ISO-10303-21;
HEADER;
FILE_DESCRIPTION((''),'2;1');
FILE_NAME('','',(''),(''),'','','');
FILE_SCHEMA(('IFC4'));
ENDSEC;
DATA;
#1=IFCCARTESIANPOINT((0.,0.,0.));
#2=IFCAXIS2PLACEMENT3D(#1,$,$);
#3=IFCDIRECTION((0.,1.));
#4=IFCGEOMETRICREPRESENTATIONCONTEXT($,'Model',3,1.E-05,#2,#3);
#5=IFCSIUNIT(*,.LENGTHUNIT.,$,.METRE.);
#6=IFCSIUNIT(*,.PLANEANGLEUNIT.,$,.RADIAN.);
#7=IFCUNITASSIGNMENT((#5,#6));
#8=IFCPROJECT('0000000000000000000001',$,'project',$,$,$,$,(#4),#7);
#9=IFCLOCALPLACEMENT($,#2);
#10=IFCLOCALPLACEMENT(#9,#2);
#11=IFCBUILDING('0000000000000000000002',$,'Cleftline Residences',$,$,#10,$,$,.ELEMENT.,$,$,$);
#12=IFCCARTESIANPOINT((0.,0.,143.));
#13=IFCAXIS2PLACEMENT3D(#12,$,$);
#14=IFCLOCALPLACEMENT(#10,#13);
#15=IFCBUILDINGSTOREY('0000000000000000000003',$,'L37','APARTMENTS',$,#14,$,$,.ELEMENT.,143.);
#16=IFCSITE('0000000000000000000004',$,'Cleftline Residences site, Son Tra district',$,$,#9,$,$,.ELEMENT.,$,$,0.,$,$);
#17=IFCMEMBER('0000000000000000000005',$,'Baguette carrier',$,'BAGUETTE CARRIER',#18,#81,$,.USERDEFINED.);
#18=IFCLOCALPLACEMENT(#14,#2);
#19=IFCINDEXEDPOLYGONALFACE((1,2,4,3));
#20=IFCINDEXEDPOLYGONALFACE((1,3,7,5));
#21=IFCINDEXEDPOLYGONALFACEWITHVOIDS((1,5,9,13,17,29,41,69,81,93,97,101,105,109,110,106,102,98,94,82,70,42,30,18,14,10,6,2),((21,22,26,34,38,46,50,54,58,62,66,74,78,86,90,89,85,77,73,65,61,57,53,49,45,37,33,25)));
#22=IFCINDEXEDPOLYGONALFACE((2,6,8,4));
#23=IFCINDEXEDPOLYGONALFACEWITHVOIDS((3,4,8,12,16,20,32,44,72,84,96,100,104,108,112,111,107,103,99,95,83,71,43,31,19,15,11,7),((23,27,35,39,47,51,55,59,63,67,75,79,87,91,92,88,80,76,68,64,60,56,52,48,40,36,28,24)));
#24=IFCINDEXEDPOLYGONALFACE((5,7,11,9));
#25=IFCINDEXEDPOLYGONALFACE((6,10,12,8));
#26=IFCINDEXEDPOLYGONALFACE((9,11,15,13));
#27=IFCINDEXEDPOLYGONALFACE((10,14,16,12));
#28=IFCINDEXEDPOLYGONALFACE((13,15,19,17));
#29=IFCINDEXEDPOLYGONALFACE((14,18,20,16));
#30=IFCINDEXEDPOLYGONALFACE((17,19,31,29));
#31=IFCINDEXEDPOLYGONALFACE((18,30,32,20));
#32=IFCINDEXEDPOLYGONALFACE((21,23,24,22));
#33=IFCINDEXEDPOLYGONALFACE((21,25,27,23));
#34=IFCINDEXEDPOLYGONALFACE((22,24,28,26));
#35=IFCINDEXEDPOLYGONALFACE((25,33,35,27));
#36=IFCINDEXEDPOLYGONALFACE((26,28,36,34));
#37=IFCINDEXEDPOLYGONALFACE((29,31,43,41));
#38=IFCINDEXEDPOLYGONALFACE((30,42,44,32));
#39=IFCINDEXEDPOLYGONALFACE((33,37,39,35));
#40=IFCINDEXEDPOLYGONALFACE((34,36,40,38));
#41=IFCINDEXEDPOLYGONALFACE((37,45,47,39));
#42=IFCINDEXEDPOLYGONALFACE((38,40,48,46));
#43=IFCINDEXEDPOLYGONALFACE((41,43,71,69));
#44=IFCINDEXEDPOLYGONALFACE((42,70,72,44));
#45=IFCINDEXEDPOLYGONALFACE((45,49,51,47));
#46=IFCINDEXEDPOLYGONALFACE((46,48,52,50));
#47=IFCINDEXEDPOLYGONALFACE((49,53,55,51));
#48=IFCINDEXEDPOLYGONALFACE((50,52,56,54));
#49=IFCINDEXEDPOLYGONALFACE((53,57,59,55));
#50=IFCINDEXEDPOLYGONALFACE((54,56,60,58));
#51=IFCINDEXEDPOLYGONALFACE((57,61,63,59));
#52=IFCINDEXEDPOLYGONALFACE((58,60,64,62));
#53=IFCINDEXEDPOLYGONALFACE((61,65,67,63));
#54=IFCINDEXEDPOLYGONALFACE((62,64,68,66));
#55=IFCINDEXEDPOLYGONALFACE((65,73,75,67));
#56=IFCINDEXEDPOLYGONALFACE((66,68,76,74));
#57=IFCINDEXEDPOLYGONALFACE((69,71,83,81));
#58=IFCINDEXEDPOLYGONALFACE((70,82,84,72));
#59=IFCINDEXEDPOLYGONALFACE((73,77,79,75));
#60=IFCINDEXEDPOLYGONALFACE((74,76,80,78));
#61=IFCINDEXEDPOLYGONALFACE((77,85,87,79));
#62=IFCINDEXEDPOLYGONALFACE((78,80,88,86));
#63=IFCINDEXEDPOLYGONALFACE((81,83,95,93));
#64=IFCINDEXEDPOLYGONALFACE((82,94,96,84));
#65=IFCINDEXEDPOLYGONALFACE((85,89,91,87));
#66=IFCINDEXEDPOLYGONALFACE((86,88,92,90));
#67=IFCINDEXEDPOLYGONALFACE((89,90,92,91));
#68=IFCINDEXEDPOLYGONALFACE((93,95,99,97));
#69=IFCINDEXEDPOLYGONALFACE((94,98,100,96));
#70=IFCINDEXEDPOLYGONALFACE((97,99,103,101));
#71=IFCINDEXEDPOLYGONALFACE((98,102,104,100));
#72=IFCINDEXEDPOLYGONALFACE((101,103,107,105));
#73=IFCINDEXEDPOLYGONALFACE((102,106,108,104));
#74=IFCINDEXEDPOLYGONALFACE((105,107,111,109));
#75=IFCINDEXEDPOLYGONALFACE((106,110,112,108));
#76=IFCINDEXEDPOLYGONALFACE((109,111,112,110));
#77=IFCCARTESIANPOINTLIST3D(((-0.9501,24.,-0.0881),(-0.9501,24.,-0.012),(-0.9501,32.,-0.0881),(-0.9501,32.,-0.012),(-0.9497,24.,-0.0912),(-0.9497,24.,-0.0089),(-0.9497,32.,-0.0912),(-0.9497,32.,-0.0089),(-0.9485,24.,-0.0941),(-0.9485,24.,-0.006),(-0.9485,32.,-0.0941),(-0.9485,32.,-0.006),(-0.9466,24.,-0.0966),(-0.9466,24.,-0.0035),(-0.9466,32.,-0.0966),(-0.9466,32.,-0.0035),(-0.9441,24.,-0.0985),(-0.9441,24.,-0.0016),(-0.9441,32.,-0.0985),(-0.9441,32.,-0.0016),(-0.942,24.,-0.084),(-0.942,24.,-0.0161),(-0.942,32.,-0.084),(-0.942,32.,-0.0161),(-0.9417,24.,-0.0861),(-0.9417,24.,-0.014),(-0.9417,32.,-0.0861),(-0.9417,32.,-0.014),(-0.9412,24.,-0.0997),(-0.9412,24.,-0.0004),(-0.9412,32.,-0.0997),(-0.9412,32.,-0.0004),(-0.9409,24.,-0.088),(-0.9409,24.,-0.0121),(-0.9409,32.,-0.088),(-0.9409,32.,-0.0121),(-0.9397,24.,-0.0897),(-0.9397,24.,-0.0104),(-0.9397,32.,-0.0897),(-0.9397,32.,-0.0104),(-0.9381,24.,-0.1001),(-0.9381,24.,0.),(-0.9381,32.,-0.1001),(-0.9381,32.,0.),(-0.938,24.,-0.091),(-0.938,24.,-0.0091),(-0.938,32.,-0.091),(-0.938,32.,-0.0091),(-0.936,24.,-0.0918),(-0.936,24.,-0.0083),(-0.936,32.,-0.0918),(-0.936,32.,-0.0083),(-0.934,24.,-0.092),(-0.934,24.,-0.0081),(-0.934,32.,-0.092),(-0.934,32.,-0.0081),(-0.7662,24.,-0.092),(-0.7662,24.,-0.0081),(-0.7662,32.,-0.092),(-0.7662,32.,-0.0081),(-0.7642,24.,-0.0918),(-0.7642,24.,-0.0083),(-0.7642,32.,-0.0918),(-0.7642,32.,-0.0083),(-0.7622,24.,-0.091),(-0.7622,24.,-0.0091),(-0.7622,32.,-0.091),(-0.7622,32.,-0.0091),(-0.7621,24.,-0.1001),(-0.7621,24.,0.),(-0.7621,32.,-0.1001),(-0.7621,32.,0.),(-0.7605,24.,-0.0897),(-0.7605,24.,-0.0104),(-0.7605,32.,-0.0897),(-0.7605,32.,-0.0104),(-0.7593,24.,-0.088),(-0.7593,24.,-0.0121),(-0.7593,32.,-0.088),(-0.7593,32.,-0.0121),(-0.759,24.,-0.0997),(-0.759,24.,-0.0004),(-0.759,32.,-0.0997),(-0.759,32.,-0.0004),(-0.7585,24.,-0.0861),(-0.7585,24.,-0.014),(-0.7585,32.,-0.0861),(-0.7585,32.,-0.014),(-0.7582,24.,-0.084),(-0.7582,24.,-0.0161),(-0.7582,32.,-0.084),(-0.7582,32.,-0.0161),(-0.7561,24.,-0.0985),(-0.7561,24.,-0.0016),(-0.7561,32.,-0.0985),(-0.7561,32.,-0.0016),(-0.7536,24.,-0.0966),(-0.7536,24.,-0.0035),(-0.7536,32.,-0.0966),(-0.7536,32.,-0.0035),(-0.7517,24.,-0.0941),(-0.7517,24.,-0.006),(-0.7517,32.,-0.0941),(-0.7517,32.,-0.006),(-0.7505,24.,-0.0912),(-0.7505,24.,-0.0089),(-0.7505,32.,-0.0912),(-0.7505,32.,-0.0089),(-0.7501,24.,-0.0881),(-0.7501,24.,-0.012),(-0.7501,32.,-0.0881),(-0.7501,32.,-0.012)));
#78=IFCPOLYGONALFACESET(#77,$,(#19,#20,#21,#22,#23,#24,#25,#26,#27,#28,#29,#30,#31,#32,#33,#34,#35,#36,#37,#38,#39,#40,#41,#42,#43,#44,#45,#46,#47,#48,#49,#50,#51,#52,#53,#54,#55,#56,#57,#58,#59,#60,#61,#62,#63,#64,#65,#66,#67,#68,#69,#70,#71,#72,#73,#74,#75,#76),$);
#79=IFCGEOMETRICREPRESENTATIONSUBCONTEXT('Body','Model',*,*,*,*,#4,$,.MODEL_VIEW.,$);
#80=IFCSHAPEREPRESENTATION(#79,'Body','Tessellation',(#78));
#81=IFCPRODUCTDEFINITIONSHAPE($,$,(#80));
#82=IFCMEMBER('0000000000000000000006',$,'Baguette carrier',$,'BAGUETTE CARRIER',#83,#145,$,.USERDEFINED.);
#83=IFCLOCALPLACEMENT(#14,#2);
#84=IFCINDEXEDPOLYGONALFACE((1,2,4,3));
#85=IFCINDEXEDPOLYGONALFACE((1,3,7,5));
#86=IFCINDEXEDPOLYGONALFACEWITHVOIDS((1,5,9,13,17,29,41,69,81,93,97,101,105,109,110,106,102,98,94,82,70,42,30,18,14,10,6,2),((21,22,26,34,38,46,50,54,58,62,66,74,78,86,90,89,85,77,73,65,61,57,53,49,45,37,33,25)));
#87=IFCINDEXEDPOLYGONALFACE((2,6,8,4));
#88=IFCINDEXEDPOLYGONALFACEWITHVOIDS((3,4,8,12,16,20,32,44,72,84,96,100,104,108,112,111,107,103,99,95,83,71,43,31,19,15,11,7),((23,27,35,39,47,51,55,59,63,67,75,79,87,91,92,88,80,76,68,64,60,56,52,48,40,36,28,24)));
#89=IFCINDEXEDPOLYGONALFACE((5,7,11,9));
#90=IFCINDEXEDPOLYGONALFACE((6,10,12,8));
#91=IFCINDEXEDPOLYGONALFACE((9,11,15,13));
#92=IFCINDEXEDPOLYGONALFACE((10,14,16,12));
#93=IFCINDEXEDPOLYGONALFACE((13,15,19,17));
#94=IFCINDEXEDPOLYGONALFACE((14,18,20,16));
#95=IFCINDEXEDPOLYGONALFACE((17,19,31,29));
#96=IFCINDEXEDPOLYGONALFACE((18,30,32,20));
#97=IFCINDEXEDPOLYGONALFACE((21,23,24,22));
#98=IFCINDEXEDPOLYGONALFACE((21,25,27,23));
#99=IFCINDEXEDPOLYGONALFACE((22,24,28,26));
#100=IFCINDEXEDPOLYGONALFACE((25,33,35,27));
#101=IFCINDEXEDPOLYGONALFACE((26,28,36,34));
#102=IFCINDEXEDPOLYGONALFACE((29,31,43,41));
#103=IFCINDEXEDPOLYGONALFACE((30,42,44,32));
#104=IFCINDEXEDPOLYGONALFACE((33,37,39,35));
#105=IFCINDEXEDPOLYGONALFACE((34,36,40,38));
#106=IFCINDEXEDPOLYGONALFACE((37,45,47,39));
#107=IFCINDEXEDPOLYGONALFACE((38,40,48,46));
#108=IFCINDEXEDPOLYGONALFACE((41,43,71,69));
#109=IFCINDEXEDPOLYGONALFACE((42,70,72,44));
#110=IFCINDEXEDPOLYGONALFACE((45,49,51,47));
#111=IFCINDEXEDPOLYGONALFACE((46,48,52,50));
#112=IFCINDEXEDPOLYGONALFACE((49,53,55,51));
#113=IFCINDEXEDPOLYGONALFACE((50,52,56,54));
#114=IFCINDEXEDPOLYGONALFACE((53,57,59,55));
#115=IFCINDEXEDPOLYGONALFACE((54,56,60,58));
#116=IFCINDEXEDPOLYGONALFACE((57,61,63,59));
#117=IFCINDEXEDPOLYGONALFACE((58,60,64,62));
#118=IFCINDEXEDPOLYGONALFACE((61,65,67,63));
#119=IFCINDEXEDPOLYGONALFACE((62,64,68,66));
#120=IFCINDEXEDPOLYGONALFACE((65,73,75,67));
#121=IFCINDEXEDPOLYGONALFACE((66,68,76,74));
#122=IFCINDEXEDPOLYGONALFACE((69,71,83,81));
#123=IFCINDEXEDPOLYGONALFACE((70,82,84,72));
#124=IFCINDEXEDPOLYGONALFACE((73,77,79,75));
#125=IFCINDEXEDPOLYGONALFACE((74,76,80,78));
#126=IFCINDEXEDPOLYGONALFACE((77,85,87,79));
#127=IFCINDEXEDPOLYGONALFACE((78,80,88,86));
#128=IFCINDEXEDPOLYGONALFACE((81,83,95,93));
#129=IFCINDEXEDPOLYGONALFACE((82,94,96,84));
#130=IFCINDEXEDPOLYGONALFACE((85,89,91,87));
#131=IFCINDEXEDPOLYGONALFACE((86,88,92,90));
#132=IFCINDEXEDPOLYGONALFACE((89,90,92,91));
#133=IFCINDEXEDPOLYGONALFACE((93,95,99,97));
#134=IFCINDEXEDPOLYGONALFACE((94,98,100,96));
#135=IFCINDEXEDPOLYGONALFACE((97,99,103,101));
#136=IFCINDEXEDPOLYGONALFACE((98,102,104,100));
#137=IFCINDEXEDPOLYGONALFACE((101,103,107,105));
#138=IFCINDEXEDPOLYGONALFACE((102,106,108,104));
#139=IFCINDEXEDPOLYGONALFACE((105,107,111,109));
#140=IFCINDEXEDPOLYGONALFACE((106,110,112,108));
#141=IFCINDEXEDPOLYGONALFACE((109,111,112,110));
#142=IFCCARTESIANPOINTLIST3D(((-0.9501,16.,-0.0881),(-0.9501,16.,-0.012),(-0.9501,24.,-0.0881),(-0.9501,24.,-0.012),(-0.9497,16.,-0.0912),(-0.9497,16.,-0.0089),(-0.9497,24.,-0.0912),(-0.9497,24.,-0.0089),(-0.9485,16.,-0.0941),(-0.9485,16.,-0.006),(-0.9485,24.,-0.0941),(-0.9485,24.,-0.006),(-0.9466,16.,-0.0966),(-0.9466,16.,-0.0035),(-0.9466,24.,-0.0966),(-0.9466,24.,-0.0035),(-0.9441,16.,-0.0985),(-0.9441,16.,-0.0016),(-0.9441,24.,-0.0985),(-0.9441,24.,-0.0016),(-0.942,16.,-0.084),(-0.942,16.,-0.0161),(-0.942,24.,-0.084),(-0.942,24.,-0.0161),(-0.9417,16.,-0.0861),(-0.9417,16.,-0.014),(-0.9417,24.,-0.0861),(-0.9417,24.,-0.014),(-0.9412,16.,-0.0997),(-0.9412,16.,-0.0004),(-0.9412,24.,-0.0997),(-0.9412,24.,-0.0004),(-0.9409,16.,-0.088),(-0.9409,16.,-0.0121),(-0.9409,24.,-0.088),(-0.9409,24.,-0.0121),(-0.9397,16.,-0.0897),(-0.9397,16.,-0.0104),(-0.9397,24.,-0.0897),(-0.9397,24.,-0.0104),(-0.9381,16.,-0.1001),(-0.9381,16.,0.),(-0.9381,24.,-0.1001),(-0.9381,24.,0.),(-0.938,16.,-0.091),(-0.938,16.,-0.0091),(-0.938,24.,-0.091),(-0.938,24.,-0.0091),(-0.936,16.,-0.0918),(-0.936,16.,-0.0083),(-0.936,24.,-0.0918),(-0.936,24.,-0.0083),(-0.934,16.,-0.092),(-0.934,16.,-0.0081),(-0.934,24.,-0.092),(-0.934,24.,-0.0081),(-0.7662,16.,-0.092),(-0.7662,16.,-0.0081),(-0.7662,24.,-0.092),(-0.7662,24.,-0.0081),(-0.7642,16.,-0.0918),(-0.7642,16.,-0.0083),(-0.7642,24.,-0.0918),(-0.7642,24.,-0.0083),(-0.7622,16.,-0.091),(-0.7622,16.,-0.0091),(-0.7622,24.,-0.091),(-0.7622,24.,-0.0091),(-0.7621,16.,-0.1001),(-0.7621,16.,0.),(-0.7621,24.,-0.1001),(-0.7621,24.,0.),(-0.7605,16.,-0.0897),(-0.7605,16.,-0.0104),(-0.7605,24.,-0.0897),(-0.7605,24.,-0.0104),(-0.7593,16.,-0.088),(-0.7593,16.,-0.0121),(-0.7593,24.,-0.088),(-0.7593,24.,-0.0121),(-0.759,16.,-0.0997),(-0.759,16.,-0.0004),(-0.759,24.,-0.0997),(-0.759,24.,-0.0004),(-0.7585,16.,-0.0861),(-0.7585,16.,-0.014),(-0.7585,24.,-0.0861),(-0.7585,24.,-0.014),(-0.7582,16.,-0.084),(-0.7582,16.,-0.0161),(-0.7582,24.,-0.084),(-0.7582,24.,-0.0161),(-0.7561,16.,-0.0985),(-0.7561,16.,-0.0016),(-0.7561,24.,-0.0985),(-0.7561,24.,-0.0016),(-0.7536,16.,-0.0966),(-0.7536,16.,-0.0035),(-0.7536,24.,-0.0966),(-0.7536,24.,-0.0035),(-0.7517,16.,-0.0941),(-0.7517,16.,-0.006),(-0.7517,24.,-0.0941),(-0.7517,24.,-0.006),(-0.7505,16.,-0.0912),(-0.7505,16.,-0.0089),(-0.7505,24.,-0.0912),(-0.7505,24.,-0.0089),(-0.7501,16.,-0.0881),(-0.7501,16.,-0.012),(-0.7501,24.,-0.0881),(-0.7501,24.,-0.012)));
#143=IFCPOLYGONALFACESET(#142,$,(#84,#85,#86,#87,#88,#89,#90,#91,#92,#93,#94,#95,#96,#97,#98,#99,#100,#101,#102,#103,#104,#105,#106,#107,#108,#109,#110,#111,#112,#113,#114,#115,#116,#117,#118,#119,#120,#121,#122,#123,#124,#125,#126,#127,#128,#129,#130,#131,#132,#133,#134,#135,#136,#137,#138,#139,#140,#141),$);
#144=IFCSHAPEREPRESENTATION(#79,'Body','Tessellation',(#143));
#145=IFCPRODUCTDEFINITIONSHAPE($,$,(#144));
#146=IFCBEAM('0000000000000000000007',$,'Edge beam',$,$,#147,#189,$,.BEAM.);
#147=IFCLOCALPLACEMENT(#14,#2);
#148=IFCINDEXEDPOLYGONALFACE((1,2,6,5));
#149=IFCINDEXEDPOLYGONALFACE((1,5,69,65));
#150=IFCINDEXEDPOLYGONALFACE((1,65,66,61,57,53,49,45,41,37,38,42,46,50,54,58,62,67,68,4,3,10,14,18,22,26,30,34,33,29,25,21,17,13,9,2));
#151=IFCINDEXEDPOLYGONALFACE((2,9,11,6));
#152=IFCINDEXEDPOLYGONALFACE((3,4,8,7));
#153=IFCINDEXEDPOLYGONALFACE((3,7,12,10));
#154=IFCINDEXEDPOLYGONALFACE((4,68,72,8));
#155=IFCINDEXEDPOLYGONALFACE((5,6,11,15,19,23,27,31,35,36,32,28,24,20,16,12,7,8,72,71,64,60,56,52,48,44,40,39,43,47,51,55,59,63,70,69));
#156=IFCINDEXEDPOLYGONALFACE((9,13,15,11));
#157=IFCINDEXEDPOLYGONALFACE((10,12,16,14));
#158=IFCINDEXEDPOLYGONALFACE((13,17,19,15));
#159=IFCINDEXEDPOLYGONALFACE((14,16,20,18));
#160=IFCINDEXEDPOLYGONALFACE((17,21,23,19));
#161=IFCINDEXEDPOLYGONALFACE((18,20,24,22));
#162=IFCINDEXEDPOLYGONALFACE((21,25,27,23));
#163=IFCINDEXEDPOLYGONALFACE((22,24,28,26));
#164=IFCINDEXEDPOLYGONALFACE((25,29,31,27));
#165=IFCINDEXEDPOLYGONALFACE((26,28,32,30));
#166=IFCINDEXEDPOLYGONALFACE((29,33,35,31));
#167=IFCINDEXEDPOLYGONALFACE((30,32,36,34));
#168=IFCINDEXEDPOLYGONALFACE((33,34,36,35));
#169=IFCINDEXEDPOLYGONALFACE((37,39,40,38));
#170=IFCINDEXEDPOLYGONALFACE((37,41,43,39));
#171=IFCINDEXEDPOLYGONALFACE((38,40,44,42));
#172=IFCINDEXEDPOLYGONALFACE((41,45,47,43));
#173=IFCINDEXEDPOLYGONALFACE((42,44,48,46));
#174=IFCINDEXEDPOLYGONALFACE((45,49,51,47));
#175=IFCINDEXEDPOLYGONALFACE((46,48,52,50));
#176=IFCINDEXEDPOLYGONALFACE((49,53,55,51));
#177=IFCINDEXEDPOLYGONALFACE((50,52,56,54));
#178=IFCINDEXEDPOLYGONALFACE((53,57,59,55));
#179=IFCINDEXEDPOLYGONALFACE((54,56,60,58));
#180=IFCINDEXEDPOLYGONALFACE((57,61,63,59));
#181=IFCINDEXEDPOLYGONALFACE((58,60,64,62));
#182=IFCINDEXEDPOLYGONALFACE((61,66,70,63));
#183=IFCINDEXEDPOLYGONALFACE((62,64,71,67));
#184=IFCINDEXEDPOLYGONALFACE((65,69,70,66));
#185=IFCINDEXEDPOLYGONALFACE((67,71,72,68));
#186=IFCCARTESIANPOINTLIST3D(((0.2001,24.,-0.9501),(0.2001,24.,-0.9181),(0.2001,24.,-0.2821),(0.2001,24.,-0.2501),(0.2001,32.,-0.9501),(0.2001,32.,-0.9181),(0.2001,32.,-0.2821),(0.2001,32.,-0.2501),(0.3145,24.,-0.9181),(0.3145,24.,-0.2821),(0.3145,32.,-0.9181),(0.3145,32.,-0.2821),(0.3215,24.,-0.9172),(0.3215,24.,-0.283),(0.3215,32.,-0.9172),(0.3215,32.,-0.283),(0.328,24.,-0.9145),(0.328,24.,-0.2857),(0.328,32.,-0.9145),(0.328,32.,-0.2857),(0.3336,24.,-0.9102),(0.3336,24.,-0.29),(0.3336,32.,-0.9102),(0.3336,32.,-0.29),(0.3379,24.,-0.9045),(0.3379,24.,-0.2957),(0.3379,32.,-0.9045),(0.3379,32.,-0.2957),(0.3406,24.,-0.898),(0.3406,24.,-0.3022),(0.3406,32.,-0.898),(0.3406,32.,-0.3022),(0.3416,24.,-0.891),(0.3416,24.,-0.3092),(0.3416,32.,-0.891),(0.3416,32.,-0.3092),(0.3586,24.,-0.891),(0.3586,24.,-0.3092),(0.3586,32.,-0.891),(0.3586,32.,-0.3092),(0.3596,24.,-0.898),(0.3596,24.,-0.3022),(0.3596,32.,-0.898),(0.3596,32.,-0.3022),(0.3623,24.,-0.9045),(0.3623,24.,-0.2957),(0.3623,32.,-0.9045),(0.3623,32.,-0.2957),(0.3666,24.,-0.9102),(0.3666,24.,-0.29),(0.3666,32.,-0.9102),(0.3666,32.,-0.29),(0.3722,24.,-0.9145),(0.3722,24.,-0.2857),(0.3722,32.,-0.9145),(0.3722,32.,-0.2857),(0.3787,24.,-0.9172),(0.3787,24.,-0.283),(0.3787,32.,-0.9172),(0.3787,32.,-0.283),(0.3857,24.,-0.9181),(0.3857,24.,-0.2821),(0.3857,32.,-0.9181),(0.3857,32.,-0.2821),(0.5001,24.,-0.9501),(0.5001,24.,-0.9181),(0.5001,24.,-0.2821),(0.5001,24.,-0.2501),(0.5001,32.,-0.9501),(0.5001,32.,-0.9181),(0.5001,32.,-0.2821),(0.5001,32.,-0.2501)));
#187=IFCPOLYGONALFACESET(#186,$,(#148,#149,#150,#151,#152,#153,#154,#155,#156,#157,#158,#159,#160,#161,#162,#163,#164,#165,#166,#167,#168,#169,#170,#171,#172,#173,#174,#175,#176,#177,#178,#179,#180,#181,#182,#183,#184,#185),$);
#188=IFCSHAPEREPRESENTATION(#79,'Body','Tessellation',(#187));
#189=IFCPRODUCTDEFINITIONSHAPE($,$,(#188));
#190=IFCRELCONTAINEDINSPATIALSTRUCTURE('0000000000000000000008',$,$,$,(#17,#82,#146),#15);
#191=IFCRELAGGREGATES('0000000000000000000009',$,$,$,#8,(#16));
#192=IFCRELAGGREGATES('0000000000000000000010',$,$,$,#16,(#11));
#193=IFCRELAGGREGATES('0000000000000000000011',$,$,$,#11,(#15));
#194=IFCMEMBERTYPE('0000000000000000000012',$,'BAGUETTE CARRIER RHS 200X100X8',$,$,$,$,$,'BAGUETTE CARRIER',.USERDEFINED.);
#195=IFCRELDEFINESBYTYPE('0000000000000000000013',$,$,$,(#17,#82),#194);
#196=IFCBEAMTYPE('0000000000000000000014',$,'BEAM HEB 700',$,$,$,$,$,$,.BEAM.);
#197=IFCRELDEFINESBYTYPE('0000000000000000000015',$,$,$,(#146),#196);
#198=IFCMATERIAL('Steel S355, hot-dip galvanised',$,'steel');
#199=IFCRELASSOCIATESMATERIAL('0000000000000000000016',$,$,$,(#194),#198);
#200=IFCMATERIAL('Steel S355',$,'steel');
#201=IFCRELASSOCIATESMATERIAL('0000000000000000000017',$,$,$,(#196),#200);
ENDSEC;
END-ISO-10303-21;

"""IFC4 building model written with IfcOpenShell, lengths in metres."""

from ifc_helpers import new_model, si_unit, direction, frame, origin, origin_2d, place, context, subcontext, project, spatial, hollow_rectangle, i_section, extrude, material, material_profile, profile_set, type_object, element, save


model = new_model("IFC4")

# Units and contexts
model_context = context("Model", 3, precision=1e-05, world=origin(), true_north=direction((0.0, 1.0)))
body_context = subcontext(model_context, "Body", "Model", "MODEL_VIEW")
ifc_project = project(units=[si_unit("LENGTHUNIT", "METRE"), si_unit("PLANEANGLEUNIT", "RADIAN")], contexts=[model_context])

# Site, building, storey
site_placement = place(None, origin())
site = spatial("IfcSite", under=ifc_project, at=site_placement, Name="Cleftline Residences site, Son Tra district", CompositionType="ELEMENT", RefElevation=0.0)
building_placement = place(site_placement, origin())
building = spatial("IfcBuilding", under=site, at=building_placement, Name="Cleftline Residences", CompositionType="ELEMENT")
storey_placement = place(building_placement, frame((0.0, 0.0, 143.0)))
storey = spatial("IfcBuildingStorey", under=building, at=storey_placement, Name="L37", Description="APARTMENTS", CompositionType="ELEMENT", Elevation=143.0)

# Members
ifc_material_1 = material(Name="Steel S355, hot-dip galvanised", Category="steel")
ifc_material_profile_1 = material_profile(ifc_material_1, hollow_rectangle(XDim=0.1001, YDim=0.2, WallThickness=0.0081, InnerFilletRadius=0.0081, OuterFilletRadius=0.012, at=origin_2d()))
ifc_profile_set_1 = profile_set([ifc_material_profile_1], Name="Steel S355, hot-dip galvanised")
member_type_1 = type_object("IfcMemberType", Name="BAGUETTE CARRIER RHS 200X100X8", ElementType="BAGUETTE CARRIER", PredefinedType="USERDEFINED", material=ifc_profile_set_1)
for number, where, z_axis, x_axis, name in (
    (1, (-0.8501, 32.0, -0.05), (0.0, -1.0, 0.0), (0.0, 0.0, 1.0), "Baguette carrier"),
    (2, (-0.8501, 24.0, -0.05), (0.0, -1.0, 0.0), (0.0, 0.0, 1.0), "Baguette carrier"),
):
    element("IfcMember", number, at=place(storey_placement, frame(where, z_axis=z_axis, x_axis=x_axis)), inside=storey, type_object=member_type_1, Name=name, ObjectType="BAGUETTE CARRIER", PredefinedType="USERDEFINED", context=body_context, shape_type="SweptSolid", body=[
        extrude(hollow_rectangle(XDim=0.1001, YDim=0.2, WallThickness=0.0081, InnerFilletRadius=0.0081, OuterFilletRadius=0.012, at=origin_2d()), origin(), (0.0, 0.0, 1.0), 8.0),
    ])

# Beam
ifc_material_2 = material(Name="Steel S355", Category="steel")
ifc_material_profile_2 = material_profile(ifc_material_2, i_section(OverallWidth=0.3, OverallDepth=0.7, WebThickness=0.0171, FlangeThickness=0.032, FilletRadius=0.0271, at=origin_2d()))
ifc_profile_set_2 = profile_set([ifc_material_profile_2], Name="Steel S355")
beam_type = type_object("IfcBeamType", Name="BEAM HEB 700", PredefinedType="BEAM", material=ifc_profile_set_2)
for number, where, z_axis, x_axis, name in (
    (3, (0.3501, 24.0, -0.6001), (0.0, 1.0, 0.0), (-1.0, 0.0, 0.0), "Edge beam"),
):
    element("IfcBeam", number, at=place(storey_placement, frame(where, z_axis=z_axis, x_axis=x_axis)), inside=storey, type_object=beam_type, Name=name, PredefinedType="BEAM", context=body_context, shape_type="SweptSolid", body=[
        extrude(i_section(OverallWidth=0.3, OverallDepth=0.7, WebThickness=0.0171, FlangeThickness=0.032, FilletRadius=0.0271, at=origin_2d()), origin(), (0.0, 0.0, 1.0), 8.0),
    ])

save(model, "model.ifc")
